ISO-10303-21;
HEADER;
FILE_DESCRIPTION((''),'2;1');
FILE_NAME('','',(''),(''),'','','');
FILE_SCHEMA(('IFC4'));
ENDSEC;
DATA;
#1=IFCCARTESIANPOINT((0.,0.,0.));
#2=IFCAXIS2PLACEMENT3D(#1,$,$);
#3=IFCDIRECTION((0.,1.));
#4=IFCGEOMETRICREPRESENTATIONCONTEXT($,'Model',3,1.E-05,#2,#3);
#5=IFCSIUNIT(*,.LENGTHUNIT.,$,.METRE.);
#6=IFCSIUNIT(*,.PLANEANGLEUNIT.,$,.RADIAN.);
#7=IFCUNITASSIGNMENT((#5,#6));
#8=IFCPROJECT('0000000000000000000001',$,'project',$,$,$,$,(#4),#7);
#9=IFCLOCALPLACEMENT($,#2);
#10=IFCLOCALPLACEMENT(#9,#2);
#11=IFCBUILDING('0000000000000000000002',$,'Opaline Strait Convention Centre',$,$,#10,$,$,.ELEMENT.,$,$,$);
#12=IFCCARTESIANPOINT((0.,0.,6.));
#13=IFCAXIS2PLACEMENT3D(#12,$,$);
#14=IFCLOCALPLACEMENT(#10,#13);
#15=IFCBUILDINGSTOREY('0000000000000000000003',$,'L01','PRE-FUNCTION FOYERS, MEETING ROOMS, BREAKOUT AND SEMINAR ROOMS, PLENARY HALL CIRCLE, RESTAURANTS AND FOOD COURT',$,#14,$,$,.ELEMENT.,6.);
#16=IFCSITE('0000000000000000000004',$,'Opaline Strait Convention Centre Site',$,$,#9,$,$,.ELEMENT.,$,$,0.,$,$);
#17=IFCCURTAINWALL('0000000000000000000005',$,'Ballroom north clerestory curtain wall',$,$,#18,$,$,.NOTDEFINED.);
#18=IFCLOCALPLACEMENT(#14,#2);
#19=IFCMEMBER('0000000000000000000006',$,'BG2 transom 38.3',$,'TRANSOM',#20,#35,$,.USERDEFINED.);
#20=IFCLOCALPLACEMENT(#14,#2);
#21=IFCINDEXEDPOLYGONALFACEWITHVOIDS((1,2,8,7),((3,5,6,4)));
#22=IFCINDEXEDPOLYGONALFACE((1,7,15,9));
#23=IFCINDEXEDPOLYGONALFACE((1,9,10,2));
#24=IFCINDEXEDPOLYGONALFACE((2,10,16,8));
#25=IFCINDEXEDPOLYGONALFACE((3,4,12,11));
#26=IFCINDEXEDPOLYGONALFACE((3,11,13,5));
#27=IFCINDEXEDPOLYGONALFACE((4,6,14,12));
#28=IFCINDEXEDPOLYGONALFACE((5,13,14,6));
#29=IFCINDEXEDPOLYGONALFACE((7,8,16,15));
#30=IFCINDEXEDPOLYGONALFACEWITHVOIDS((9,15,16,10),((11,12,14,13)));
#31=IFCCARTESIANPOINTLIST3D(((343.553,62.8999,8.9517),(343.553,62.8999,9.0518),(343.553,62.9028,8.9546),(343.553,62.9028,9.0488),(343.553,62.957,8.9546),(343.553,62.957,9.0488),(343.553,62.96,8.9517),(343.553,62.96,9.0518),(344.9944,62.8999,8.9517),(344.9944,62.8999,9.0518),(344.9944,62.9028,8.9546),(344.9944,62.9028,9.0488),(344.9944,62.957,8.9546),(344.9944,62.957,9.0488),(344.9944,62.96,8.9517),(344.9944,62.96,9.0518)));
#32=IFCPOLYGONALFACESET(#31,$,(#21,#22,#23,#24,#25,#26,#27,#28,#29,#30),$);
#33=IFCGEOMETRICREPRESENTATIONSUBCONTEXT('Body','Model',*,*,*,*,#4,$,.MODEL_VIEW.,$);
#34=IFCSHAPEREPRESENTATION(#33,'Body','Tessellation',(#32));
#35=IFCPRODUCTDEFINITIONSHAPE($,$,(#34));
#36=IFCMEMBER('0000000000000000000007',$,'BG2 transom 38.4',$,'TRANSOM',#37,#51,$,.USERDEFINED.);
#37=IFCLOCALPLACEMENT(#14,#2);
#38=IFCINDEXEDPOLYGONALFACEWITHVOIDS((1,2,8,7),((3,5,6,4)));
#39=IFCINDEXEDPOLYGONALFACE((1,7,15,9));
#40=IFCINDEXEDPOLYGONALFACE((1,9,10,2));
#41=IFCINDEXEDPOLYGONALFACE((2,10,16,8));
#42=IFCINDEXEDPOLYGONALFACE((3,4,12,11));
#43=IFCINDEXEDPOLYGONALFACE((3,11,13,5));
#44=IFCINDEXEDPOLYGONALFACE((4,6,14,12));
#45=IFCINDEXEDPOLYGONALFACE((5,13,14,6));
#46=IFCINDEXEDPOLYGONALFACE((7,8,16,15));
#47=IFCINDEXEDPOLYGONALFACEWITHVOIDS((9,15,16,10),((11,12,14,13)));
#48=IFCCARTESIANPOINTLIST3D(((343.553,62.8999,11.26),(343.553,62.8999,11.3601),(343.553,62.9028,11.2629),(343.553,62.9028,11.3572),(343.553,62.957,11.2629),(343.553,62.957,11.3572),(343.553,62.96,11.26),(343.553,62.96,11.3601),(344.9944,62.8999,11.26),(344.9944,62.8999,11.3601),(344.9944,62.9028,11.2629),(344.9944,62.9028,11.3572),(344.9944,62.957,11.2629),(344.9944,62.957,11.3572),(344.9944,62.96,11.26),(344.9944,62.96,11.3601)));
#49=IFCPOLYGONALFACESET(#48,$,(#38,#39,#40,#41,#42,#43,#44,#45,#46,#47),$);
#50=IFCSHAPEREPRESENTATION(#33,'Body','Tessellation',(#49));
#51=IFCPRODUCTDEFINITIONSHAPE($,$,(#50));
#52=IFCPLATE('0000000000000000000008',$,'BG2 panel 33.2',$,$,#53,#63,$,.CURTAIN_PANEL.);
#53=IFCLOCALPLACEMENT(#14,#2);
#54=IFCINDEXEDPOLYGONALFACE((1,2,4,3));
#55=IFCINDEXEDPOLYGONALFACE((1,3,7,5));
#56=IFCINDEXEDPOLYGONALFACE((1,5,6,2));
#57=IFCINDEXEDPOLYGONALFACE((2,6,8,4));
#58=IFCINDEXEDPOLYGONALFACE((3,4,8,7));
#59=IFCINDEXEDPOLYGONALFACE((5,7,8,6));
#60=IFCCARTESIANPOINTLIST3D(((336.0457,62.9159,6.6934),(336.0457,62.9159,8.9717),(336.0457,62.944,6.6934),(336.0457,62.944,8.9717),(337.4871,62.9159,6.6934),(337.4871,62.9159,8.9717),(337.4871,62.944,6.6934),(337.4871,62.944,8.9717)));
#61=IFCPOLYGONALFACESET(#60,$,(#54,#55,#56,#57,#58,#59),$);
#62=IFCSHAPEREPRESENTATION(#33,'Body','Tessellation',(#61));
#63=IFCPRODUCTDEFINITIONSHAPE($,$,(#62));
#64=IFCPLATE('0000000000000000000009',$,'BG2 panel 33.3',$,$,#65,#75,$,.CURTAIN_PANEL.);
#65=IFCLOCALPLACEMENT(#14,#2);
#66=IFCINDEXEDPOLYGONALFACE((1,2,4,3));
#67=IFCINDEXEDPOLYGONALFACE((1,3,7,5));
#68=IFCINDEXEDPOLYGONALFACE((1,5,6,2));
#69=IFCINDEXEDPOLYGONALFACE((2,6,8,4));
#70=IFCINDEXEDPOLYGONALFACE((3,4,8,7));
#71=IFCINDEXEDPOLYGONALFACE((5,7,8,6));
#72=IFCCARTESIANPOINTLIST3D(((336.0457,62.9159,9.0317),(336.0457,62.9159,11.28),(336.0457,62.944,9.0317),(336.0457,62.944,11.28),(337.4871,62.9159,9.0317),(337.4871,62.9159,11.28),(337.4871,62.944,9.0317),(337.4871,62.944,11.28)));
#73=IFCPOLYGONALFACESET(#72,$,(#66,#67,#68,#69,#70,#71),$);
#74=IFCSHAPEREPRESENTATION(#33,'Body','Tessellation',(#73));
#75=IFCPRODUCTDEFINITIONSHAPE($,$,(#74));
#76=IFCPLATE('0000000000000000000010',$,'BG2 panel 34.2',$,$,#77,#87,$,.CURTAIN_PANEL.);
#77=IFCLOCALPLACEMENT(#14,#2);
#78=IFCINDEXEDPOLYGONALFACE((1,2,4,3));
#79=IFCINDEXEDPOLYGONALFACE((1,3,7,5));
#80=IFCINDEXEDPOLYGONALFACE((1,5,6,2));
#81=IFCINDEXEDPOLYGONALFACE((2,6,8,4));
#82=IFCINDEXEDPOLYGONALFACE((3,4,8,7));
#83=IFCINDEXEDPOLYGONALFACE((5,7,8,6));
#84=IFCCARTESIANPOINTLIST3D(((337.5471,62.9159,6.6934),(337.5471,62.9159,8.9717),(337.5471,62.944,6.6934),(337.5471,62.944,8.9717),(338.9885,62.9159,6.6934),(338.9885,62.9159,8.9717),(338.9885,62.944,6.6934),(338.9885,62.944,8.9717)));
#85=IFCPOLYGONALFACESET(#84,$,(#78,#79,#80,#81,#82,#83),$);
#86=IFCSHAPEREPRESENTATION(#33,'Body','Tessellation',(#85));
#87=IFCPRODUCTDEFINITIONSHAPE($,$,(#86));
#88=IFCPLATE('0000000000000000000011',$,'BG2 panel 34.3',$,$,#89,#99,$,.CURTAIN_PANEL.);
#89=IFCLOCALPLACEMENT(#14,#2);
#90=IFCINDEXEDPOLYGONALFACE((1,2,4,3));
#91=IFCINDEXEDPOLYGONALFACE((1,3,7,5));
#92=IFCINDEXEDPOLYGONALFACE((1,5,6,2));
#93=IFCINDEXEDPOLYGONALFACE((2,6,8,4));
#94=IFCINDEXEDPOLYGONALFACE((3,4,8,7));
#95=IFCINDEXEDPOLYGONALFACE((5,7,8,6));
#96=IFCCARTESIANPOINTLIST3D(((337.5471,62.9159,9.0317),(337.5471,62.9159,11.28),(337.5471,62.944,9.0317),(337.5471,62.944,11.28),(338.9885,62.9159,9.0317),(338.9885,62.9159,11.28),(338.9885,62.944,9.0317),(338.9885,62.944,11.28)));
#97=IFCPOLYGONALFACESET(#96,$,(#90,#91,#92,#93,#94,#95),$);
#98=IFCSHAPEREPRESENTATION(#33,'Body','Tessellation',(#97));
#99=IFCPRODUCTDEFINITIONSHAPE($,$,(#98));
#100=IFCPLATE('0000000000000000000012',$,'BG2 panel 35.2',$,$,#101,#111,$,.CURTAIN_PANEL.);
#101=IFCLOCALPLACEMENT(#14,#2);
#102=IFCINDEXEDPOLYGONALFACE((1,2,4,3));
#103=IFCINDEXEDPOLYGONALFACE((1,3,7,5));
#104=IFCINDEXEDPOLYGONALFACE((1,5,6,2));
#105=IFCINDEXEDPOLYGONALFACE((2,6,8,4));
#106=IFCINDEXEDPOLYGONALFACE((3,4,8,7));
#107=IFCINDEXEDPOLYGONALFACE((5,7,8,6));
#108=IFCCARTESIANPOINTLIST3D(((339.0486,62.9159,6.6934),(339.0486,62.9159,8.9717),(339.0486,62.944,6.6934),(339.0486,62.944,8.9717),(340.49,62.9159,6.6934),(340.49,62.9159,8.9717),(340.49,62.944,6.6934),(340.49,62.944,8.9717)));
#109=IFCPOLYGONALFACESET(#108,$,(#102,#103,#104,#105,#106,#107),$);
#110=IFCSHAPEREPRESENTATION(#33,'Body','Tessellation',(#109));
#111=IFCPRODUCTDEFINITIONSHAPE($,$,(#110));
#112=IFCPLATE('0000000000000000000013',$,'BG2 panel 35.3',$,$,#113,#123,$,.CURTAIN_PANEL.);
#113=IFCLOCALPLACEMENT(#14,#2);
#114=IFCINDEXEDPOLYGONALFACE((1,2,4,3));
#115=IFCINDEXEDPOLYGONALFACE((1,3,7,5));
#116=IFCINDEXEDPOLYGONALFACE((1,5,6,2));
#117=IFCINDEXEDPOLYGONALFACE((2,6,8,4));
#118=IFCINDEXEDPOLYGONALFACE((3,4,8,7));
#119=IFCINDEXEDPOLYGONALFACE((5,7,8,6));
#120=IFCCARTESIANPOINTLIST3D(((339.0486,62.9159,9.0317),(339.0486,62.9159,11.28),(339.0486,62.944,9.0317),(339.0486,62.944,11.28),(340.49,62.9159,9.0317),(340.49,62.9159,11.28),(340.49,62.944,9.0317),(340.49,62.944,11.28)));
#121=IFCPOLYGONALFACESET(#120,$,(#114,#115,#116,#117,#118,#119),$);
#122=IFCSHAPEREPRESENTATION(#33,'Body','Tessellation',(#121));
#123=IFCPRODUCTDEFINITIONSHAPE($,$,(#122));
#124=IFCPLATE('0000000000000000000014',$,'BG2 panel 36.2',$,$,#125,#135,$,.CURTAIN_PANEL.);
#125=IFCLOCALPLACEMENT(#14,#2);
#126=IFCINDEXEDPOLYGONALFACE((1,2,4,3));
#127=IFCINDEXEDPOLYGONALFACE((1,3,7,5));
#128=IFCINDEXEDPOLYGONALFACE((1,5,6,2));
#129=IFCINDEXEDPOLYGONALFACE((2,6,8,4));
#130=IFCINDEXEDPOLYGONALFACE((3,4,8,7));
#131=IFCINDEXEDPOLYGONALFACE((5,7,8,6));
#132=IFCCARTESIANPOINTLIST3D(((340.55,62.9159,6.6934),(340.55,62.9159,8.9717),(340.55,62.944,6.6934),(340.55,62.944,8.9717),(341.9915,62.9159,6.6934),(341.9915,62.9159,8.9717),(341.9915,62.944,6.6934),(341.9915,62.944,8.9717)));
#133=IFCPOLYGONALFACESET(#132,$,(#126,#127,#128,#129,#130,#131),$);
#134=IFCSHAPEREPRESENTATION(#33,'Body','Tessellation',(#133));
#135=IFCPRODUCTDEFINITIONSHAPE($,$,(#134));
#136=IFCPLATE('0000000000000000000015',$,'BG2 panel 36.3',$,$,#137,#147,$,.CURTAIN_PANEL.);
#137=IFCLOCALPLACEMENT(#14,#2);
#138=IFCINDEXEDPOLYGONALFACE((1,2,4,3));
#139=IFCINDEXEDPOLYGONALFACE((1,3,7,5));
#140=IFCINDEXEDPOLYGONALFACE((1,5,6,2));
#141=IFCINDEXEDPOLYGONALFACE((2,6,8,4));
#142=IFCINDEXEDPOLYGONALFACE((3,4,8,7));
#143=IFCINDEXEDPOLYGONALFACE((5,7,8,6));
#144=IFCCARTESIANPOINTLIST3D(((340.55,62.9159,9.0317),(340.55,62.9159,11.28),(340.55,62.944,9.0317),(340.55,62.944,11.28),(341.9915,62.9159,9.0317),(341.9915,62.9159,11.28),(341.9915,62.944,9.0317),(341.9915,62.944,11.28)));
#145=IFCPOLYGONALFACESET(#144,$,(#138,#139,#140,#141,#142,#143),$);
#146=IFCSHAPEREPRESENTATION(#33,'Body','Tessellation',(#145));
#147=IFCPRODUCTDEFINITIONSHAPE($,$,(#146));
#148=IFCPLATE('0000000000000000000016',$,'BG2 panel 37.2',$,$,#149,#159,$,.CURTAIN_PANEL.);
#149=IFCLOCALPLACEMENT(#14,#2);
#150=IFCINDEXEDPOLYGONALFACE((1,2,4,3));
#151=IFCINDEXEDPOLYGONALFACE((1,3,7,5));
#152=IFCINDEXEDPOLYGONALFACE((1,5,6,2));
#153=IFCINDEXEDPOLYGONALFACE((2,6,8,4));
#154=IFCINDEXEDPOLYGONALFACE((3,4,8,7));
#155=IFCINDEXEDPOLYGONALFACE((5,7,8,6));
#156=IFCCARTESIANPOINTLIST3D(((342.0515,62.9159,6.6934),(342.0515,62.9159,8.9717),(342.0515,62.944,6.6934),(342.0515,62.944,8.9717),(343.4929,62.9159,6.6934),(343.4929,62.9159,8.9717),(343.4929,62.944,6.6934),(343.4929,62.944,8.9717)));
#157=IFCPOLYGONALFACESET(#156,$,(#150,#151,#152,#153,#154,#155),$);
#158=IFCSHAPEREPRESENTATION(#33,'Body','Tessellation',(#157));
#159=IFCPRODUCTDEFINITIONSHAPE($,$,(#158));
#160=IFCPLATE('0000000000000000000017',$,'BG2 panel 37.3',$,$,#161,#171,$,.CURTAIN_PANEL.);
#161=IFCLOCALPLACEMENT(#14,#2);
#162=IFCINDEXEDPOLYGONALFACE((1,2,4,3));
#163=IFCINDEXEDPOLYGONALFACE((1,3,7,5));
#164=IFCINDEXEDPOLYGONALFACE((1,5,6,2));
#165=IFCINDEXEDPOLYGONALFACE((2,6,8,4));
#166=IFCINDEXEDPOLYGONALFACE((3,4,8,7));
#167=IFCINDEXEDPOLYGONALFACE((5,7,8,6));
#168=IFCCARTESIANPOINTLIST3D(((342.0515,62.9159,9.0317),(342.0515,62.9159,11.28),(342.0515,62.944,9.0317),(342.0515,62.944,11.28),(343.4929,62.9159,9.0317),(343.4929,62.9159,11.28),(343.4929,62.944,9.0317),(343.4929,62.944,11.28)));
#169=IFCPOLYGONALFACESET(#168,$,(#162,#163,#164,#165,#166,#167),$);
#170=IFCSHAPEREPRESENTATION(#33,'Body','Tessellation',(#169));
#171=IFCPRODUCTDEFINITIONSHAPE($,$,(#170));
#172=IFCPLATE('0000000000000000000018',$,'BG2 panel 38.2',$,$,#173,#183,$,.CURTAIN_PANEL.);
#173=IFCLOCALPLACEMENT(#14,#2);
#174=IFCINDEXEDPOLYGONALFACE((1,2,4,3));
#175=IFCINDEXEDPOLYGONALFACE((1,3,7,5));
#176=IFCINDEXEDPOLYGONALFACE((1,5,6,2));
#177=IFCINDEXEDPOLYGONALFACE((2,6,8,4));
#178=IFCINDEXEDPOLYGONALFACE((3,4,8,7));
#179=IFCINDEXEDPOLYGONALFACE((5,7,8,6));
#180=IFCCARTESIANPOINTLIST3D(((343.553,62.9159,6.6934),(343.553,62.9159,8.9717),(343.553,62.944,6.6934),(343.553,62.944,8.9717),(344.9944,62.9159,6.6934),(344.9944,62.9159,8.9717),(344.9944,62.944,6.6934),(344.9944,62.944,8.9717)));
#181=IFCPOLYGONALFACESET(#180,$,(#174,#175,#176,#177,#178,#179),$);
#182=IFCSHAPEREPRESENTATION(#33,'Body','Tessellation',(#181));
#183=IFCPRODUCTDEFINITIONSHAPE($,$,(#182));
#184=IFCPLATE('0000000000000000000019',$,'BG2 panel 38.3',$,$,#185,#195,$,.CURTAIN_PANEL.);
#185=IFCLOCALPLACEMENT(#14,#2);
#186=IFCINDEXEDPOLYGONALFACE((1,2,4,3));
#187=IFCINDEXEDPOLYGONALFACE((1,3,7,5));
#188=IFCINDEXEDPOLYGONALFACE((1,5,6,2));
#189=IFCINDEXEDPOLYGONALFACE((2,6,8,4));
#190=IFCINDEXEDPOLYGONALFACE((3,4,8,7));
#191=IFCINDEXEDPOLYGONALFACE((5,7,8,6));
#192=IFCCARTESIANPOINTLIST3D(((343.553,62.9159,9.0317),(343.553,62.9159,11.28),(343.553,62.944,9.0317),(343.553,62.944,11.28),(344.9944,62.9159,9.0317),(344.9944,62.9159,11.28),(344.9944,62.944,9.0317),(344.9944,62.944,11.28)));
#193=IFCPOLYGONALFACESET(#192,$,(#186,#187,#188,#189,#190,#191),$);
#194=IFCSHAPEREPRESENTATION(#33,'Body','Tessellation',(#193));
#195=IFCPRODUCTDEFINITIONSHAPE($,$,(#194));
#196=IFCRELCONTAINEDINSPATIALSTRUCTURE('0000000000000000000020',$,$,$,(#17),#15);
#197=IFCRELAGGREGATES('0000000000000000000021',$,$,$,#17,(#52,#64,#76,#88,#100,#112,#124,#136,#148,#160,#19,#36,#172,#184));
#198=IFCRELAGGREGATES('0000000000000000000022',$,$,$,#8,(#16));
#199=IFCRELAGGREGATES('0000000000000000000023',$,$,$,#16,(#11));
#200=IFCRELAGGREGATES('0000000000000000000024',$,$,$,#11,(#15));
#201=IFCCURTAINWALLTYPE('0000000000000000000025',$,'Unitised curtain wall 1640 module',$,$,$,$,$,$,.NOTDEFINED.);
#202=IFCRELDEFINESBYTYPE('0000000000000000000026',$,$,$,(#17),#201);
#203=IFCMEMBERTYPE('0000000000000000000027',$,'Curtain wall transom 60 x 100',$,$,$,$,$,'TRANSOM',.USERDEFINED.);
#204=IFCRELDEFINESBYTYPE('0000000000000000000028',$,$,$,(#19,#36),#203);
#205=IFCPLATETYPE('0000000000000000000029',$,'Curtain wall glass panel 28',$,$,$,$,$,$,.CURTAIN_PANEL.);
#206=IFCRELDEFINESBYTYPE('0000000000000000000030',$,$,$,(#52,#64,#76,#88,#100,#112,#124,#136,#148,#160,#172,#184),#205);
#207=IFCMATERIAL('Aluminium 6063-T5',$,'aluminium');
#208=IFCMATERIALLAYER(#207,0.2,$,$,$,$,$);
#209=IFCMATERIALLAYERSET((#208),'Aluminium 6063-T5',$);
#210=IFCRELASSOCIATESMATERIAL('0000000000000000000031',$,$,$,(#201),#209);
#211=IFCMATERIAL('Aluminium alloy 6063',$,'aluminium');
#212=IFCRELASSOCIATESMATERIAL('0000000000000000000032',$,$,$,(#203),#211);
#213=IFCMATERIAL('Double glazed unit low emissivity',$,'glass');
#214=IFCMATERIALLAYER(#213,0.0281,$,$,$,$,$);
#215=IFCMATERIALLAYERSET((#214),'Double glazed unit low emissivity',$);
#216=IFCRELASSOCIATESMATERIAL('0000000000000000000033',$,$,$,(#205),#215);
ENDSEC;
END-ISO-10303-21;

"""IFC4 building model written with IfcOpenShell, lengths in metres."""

from ifc_helpers import new_model, si_unit, direction, frame, origin, origin_2d, place, context, subcontext, project, spatial, rectangle, hollow_rectangle, extrude, material, layer, layer_set, material_profile, profile_set, type_object, element, aggregate, save


model = new_model("IFC4")

# Units and contexts
model_context = context("Model", 3, precision=1e-05, world=origin(), true_north=direction((0.0, 1.0)))
body_context = subcontext(model_context, "Body", "Model", "MODEL_VIEW")
ifc_project = project(units=[si_unit("LENGTHUNIT", "METRE"), si_unit("PLANEANGLEUNIT", "RADIAN")], contexts=[model_context])

# Site, building, storey
site_placement = place(None, origin())
site = spatial("IfcSite", under=ifc_project, at=site_placement, Name="Opaline Strait Convention Centre Site", CompositionType="ELEMENT", RefElevation=0.0)
building_placement = place(site_placement, origin())
building = spatial("IfcBuilding", under=site, at=building_placement, Name="Opaline Strait Convention Centre", CompositionType="ELEMENT")
storey_placement = place(building_placement, frame((0.0, 0.0, 6.0)))
storey = spatial("IfcBuildingStorey", under=building, at=storey_placement, Name="L01", Description="PRE-FUNCTION FOYERS, MEETING ROOMS, BREAKOUT AND SEMINAR ROOMS, PLENARY HALL CIRCLE, RESTAURANTS AND FOOD COURT", CompositionType="ELEMENT", Elevation=6.0)

# Curtain wall, members, plates
ifc_material_1 = material(Name="Aluminium 6063-T5", Category="aluminium")
ifc_layer_1 = layer(ifc_material_1, 0.2)
ifc_layer_set_1 = layer_set([ifc_layer_1], Name="Aluminium 6063-T5")
curtain_wall_type = type_object("IfcCurtainWallType", Name="Unitised curtain wall 1640 module", PredefinedType="NOTDEFINED", material=ifc_layer_set_1)
curtain_wall_placement = place(storey_placement, origin())
curtain_wall = element("IfcCurtainWall", 1, at=curtain_wall_placement, inside=storey, type_object=curtain_wall_type, Name="Ballroom north clerestory curtain wall", PredefinedType="NOTDEFINED")
ifc_material_2 = material(Name="Aluminium alloy 6063", Category="aluminium")
ifc_material_profile = material_profile(ifc_material_2, hollow_rectangle(XDim=0.0601, YDim=0.1001, WallThickness=0.0029, at=origin_2d()), Name="TRANSOM 60x100x3")
ifc_profile_set = profile_set([ifc_material_profile], Name="Aluminium alloy 6063")
member_type = type_object("IfcMemberType", Name="Curtain wall transom 60 x 100", ElementType="TRANSOM", PredefinedType="USERDEFINED", material=ifc_profile_set)
member_1_placement = place(storey_placement, frame((343.553, 62.9299, 9.0017), z_axis=(1.0, 0.0, 0.0), x_axis=(0.0, 1.0, 0.0)))
member_1 = element("IfcMember", 2, at=member_1_placement, type_object=member_type, Name="BG2 transom 38.3", ObjectType="TRANSOM", PredefinedType="USERDEFINED", context=body_context, shape_type="SweptSolid", body=[
    extrude(hollow_rectangle(XDim=0.0601, YDim=0.1001, WallThickness=0.0029, at=origin_2d()), origin(), (0.0, 0.0, 1.0), 1.4414),
])
member_2_placement = place(storey_placement, frame((343.553, 62.9299, 11.3101), z_axis=(1.0, 0.0, 0.0), x_axis=(0.0, 1.0, 0.0)))
member_2 = element("IfcMember", 3, at=member_2_placement, type_object=member_type, Name="BG2 transom 38.4", ObjectType="TRANSOM", PredefinedType="USERDEFINED", context=body_context, shape_type="SweptSolid", body=[
    extrude(hollow_rectangle(XDim=0.0601, YDim=0.1001, WallThickness=0.0029, at=origin_2d()), origin(), (0.0, 0.0, 1.0), 1.4414),
])
ifc_material_3 = material(Name="Double glazed unit low emissivity", Category="glass")
ifc_layer_2 = layer(ifc_material_3, 0.0281)
ifc_layer_set_2 = layer_set([ifc_layer_2], Name="Double glazed unit low emissivity")
plate_type = type_object("IfcPlateType", Name="Curtain wall glass panel 28", PredefinedType="CURTAIN_PANEL", material=ifc_layer_set_2)
plate_1_placement = place(storey_placement, frame((336.7664, 62.9299, 6.6934), z_axis=(0.0, 0.0, 1.0), x_axis=(1.0, 0.0, 0.0)))
plate_1 = element("IfcPlate", 4, at=plate_1_placement, type_object=plate_type, Name="BG2 panel 33.2", PredefinedType="CURTAIN_PANEL", context=body_context, shape_type="SweptSolid", body=[
    extrude(rectangle(XDim=1.4414, YDim=0.0281, at=origin_2d()), origin(), (0.0, 0.0, 1.0), 2.2783),
])
plate_2_placement = place(storey_placement, frame((336.7664, 62.9299, 9.0317), z_axis=(0.0, 0.0, 1.0), x_axis=(1.0, 0.0, 0.0)))
plate_2 = element("IfcPlate", 5, at=plate_2_placement, type_object=plate_type, Name="BG2 panel 33.3", PredefinedType="CURTAIN_PANEL", context=body_context, shape_type="SweptSolid", body=[
    extrude(rectangle(XDim=1.4414, YDim=0.0281, at=origin_2d()), origin(), (0.0, 0.0, 1.0), 2.2483),
])
plate_3_placement = place(storey_placement, frame((338.2678, 62.9299, 6.6934), z_axis=(0.0, 0.0, 1.0), x_axis=(1.0, 0.0, 0.0)))
plate_3 = element("IfcPlate", 6, at=plate_3_placement, type_object=plate_type, Name="BG2 panel 34.2", PredefinedType="CURTAIN_PANEL", context=body_context, shape_type="SweptSolid", body=[
    extrude(rectangle(XDim=1.4414, YDim=0.0281, at=origin_2d()), origin(), (0.0, 0.0, 1.0), 2.2783),
])
plate_4_placement = place(storey_placement, frame((338.2678, 62.9299, 9.0317), z_axis=(0.0, 0.0, 1.0), x_axis=(1.0, 0.0, 0.0)))
plate_4 = element("IfcPlate", 7, at=plate_4_placement, type_object=plate_type, Name="BG2 panel 34.3", PredefinedType="CURTAIN_PANEL", context=body_context, shape_type="SweptSolid", body=[
    extrude(rectangle(XDim=1.4414, YDim=0.0281, at=origin_2d()), origin(), (0.0, 0.0, 1.0), 2.2483),
])
plate_5_placement = place(storey_placement, frame((339.7693, 62.9299, 6.6934), z_axis=(0.0, 0.0, 1.0), x_axis=(1.0, 0.0, 0.0)))
plate_5 = element("IfcPlate", 8, at=plate_5_placement, type_object=plate_type, Name="BG2 panel 35.2", PredefinedType="CURTAIN_PANEL", context=body_context, shape_type="SweptSolid", body=[
    extrude(rectangle(XDim=1.4414, YDim=0.0281, at=origin_2d()), origin(), (0.0, 0.0, 1.0), 2.2783),
])
plate_6_placement = place(storey_placement, frame((339.7693, 62.9299, 9.0317), z_axis=(0.0, 0.0, 1.0), x_axis=(1.0, 0.0, 0.0)))
plate_6 = element("IfcPlate", 9, at=plate_6_placement, type_object=plate_type, Name="BG2 panel 35.3", PredefinedType="CURTAIN_PANEL", context=body_context, shape_type="SweptSolid", body=[
    extrude(rectangle(XDim=1.4414, YDim=0.0281, at=origin_2d()), origin(), (0.0, 0.0, 1.0), 2.2483),
])
plate_7_placement = place(storey_placement, frame((341.2708, 62.9299, 6.6934), z_axis=(0.0, 0.0, 1.0), x_axis=(1.0, 0.0, 0.0)))
plate_7 = element("IfcPlate", 10, at=plate_7_placement, type_object=plate_type, Name="BG2 panel 36.2", PredefinedType="CURTAIN_PANEL", context=body_context, shape_type="SweptSolid", body=[
    extrude(rectangle(XDim=1.4414, YDim=0.0281, at=origin_2d()), origin(), (0.0, 0.0, 1.0), 2.2783),
])
plate_8_placement = place(storey_placement, frame((341.2708, 62.9299, 9.0317), z_axis=(0.0, 0.0, 1.0), x_axis=(1.0, 0.0, 0.0)))
plate_8 = element("IfcPlate", 11, at=plate_8_placement, type_object=plate_type, Name="BG2 panel 36.3", PredefinedType="CURTAIN_PANEL", context=body_context, shape_type="SweptSolid", body=[
    extrude(rectangle(XDim=1.4414, YDim=0.0281, at=origin_2d()), origin(), (0.0, 0.0, 1.0), 2.2483),
])
plate_9_placement = place(storey_placement, frame((342.7722, 62.9299, 6.6934), z_axis=(0.0, 0.0, 1.0), x_axis=(1.0, 0.0, 0.0)))
plate_9 = element("IfcPlate", 12, at=plate_9_placement, type_object=plate_type, Name="BG2 panel 37.2", PredefinedType="CURTAIN_PANEL", context=body_context, shape_type="SweptSolid", body=[
    extrude(rectangle(XDim=1.4414, YDim=0.0281, at=origin_2d()), origin(), (0.0, 0.0, 1.0), 2.2783),
])
plate_10_placement = place(storey_placement, frame((342.7722, 62.9299, 9.0317), z_axis=(0.0, 0.0, 1.0), x_axis=(1.0, 0.0, 0.0)))
plate_10 = element("IfcPlate", 13, at=plate_10_placement, type_object=plate_type, Name="BG2 panel 37.3", PredefinedType="CURTAIN_PANEL", context=body_context, shape_type="SweptSolid", body=[
    extrude(rectangle(XDim=1.4414, YDim=0.0281, at=origin_2d()), origin(), (0.0, 0.0, 1.0), 2.2483),
])
plate_11_placement = place(storey_placement, frame((344.2737, 62.9299, 6.6934), z_axis=(0.0, 0.0, 1.0), x_axis=(1.0, 0.0, 0.0)))
plate_11 = element("IfcPlate", 14, at=plate_11_placement, type_object=plate_type, Name="BG2 panel 38.2", PredefinedType="CURTAIN_PANEL", context=body_context, shape_type="SweptSolid", body=[
    extrude(rectangle(XDim=1.4414, YDim=0.0281, at=origin_2d()), origin(), (0.0, 0.0, 1.0), 2.2783),
])
plate_12_placement = place(storey_placement, frame((344.2737, 62.9299, 9.0317), z_axis=(0.0, 0.0, 1.0), x_axis=(1.0, 0.0, 0.0)))
plate_12 = element("IfcPlate", 15, at=plate_12_placement, type_object=plate_type, Name="BG2 panel 38.3", PredefinedType="CURTAIN_PANEL", context=body_context, shape_type="SweptSolid", body=[
    extrude(rectangle(XDim=1.4414, YDim=0.0281, at=origin_2d()), origin(), (0.0, 0.0, 1.0), 2.2483),
])
aggregate(curtain_wall, [plate_1, plate_2, plate_3, plate_4, plate_5, plate_6, plate_7, plate_8, plate_9, plate_10, member_1, member_2, plate_11, plate_12])

save(model, "model.ifc")
